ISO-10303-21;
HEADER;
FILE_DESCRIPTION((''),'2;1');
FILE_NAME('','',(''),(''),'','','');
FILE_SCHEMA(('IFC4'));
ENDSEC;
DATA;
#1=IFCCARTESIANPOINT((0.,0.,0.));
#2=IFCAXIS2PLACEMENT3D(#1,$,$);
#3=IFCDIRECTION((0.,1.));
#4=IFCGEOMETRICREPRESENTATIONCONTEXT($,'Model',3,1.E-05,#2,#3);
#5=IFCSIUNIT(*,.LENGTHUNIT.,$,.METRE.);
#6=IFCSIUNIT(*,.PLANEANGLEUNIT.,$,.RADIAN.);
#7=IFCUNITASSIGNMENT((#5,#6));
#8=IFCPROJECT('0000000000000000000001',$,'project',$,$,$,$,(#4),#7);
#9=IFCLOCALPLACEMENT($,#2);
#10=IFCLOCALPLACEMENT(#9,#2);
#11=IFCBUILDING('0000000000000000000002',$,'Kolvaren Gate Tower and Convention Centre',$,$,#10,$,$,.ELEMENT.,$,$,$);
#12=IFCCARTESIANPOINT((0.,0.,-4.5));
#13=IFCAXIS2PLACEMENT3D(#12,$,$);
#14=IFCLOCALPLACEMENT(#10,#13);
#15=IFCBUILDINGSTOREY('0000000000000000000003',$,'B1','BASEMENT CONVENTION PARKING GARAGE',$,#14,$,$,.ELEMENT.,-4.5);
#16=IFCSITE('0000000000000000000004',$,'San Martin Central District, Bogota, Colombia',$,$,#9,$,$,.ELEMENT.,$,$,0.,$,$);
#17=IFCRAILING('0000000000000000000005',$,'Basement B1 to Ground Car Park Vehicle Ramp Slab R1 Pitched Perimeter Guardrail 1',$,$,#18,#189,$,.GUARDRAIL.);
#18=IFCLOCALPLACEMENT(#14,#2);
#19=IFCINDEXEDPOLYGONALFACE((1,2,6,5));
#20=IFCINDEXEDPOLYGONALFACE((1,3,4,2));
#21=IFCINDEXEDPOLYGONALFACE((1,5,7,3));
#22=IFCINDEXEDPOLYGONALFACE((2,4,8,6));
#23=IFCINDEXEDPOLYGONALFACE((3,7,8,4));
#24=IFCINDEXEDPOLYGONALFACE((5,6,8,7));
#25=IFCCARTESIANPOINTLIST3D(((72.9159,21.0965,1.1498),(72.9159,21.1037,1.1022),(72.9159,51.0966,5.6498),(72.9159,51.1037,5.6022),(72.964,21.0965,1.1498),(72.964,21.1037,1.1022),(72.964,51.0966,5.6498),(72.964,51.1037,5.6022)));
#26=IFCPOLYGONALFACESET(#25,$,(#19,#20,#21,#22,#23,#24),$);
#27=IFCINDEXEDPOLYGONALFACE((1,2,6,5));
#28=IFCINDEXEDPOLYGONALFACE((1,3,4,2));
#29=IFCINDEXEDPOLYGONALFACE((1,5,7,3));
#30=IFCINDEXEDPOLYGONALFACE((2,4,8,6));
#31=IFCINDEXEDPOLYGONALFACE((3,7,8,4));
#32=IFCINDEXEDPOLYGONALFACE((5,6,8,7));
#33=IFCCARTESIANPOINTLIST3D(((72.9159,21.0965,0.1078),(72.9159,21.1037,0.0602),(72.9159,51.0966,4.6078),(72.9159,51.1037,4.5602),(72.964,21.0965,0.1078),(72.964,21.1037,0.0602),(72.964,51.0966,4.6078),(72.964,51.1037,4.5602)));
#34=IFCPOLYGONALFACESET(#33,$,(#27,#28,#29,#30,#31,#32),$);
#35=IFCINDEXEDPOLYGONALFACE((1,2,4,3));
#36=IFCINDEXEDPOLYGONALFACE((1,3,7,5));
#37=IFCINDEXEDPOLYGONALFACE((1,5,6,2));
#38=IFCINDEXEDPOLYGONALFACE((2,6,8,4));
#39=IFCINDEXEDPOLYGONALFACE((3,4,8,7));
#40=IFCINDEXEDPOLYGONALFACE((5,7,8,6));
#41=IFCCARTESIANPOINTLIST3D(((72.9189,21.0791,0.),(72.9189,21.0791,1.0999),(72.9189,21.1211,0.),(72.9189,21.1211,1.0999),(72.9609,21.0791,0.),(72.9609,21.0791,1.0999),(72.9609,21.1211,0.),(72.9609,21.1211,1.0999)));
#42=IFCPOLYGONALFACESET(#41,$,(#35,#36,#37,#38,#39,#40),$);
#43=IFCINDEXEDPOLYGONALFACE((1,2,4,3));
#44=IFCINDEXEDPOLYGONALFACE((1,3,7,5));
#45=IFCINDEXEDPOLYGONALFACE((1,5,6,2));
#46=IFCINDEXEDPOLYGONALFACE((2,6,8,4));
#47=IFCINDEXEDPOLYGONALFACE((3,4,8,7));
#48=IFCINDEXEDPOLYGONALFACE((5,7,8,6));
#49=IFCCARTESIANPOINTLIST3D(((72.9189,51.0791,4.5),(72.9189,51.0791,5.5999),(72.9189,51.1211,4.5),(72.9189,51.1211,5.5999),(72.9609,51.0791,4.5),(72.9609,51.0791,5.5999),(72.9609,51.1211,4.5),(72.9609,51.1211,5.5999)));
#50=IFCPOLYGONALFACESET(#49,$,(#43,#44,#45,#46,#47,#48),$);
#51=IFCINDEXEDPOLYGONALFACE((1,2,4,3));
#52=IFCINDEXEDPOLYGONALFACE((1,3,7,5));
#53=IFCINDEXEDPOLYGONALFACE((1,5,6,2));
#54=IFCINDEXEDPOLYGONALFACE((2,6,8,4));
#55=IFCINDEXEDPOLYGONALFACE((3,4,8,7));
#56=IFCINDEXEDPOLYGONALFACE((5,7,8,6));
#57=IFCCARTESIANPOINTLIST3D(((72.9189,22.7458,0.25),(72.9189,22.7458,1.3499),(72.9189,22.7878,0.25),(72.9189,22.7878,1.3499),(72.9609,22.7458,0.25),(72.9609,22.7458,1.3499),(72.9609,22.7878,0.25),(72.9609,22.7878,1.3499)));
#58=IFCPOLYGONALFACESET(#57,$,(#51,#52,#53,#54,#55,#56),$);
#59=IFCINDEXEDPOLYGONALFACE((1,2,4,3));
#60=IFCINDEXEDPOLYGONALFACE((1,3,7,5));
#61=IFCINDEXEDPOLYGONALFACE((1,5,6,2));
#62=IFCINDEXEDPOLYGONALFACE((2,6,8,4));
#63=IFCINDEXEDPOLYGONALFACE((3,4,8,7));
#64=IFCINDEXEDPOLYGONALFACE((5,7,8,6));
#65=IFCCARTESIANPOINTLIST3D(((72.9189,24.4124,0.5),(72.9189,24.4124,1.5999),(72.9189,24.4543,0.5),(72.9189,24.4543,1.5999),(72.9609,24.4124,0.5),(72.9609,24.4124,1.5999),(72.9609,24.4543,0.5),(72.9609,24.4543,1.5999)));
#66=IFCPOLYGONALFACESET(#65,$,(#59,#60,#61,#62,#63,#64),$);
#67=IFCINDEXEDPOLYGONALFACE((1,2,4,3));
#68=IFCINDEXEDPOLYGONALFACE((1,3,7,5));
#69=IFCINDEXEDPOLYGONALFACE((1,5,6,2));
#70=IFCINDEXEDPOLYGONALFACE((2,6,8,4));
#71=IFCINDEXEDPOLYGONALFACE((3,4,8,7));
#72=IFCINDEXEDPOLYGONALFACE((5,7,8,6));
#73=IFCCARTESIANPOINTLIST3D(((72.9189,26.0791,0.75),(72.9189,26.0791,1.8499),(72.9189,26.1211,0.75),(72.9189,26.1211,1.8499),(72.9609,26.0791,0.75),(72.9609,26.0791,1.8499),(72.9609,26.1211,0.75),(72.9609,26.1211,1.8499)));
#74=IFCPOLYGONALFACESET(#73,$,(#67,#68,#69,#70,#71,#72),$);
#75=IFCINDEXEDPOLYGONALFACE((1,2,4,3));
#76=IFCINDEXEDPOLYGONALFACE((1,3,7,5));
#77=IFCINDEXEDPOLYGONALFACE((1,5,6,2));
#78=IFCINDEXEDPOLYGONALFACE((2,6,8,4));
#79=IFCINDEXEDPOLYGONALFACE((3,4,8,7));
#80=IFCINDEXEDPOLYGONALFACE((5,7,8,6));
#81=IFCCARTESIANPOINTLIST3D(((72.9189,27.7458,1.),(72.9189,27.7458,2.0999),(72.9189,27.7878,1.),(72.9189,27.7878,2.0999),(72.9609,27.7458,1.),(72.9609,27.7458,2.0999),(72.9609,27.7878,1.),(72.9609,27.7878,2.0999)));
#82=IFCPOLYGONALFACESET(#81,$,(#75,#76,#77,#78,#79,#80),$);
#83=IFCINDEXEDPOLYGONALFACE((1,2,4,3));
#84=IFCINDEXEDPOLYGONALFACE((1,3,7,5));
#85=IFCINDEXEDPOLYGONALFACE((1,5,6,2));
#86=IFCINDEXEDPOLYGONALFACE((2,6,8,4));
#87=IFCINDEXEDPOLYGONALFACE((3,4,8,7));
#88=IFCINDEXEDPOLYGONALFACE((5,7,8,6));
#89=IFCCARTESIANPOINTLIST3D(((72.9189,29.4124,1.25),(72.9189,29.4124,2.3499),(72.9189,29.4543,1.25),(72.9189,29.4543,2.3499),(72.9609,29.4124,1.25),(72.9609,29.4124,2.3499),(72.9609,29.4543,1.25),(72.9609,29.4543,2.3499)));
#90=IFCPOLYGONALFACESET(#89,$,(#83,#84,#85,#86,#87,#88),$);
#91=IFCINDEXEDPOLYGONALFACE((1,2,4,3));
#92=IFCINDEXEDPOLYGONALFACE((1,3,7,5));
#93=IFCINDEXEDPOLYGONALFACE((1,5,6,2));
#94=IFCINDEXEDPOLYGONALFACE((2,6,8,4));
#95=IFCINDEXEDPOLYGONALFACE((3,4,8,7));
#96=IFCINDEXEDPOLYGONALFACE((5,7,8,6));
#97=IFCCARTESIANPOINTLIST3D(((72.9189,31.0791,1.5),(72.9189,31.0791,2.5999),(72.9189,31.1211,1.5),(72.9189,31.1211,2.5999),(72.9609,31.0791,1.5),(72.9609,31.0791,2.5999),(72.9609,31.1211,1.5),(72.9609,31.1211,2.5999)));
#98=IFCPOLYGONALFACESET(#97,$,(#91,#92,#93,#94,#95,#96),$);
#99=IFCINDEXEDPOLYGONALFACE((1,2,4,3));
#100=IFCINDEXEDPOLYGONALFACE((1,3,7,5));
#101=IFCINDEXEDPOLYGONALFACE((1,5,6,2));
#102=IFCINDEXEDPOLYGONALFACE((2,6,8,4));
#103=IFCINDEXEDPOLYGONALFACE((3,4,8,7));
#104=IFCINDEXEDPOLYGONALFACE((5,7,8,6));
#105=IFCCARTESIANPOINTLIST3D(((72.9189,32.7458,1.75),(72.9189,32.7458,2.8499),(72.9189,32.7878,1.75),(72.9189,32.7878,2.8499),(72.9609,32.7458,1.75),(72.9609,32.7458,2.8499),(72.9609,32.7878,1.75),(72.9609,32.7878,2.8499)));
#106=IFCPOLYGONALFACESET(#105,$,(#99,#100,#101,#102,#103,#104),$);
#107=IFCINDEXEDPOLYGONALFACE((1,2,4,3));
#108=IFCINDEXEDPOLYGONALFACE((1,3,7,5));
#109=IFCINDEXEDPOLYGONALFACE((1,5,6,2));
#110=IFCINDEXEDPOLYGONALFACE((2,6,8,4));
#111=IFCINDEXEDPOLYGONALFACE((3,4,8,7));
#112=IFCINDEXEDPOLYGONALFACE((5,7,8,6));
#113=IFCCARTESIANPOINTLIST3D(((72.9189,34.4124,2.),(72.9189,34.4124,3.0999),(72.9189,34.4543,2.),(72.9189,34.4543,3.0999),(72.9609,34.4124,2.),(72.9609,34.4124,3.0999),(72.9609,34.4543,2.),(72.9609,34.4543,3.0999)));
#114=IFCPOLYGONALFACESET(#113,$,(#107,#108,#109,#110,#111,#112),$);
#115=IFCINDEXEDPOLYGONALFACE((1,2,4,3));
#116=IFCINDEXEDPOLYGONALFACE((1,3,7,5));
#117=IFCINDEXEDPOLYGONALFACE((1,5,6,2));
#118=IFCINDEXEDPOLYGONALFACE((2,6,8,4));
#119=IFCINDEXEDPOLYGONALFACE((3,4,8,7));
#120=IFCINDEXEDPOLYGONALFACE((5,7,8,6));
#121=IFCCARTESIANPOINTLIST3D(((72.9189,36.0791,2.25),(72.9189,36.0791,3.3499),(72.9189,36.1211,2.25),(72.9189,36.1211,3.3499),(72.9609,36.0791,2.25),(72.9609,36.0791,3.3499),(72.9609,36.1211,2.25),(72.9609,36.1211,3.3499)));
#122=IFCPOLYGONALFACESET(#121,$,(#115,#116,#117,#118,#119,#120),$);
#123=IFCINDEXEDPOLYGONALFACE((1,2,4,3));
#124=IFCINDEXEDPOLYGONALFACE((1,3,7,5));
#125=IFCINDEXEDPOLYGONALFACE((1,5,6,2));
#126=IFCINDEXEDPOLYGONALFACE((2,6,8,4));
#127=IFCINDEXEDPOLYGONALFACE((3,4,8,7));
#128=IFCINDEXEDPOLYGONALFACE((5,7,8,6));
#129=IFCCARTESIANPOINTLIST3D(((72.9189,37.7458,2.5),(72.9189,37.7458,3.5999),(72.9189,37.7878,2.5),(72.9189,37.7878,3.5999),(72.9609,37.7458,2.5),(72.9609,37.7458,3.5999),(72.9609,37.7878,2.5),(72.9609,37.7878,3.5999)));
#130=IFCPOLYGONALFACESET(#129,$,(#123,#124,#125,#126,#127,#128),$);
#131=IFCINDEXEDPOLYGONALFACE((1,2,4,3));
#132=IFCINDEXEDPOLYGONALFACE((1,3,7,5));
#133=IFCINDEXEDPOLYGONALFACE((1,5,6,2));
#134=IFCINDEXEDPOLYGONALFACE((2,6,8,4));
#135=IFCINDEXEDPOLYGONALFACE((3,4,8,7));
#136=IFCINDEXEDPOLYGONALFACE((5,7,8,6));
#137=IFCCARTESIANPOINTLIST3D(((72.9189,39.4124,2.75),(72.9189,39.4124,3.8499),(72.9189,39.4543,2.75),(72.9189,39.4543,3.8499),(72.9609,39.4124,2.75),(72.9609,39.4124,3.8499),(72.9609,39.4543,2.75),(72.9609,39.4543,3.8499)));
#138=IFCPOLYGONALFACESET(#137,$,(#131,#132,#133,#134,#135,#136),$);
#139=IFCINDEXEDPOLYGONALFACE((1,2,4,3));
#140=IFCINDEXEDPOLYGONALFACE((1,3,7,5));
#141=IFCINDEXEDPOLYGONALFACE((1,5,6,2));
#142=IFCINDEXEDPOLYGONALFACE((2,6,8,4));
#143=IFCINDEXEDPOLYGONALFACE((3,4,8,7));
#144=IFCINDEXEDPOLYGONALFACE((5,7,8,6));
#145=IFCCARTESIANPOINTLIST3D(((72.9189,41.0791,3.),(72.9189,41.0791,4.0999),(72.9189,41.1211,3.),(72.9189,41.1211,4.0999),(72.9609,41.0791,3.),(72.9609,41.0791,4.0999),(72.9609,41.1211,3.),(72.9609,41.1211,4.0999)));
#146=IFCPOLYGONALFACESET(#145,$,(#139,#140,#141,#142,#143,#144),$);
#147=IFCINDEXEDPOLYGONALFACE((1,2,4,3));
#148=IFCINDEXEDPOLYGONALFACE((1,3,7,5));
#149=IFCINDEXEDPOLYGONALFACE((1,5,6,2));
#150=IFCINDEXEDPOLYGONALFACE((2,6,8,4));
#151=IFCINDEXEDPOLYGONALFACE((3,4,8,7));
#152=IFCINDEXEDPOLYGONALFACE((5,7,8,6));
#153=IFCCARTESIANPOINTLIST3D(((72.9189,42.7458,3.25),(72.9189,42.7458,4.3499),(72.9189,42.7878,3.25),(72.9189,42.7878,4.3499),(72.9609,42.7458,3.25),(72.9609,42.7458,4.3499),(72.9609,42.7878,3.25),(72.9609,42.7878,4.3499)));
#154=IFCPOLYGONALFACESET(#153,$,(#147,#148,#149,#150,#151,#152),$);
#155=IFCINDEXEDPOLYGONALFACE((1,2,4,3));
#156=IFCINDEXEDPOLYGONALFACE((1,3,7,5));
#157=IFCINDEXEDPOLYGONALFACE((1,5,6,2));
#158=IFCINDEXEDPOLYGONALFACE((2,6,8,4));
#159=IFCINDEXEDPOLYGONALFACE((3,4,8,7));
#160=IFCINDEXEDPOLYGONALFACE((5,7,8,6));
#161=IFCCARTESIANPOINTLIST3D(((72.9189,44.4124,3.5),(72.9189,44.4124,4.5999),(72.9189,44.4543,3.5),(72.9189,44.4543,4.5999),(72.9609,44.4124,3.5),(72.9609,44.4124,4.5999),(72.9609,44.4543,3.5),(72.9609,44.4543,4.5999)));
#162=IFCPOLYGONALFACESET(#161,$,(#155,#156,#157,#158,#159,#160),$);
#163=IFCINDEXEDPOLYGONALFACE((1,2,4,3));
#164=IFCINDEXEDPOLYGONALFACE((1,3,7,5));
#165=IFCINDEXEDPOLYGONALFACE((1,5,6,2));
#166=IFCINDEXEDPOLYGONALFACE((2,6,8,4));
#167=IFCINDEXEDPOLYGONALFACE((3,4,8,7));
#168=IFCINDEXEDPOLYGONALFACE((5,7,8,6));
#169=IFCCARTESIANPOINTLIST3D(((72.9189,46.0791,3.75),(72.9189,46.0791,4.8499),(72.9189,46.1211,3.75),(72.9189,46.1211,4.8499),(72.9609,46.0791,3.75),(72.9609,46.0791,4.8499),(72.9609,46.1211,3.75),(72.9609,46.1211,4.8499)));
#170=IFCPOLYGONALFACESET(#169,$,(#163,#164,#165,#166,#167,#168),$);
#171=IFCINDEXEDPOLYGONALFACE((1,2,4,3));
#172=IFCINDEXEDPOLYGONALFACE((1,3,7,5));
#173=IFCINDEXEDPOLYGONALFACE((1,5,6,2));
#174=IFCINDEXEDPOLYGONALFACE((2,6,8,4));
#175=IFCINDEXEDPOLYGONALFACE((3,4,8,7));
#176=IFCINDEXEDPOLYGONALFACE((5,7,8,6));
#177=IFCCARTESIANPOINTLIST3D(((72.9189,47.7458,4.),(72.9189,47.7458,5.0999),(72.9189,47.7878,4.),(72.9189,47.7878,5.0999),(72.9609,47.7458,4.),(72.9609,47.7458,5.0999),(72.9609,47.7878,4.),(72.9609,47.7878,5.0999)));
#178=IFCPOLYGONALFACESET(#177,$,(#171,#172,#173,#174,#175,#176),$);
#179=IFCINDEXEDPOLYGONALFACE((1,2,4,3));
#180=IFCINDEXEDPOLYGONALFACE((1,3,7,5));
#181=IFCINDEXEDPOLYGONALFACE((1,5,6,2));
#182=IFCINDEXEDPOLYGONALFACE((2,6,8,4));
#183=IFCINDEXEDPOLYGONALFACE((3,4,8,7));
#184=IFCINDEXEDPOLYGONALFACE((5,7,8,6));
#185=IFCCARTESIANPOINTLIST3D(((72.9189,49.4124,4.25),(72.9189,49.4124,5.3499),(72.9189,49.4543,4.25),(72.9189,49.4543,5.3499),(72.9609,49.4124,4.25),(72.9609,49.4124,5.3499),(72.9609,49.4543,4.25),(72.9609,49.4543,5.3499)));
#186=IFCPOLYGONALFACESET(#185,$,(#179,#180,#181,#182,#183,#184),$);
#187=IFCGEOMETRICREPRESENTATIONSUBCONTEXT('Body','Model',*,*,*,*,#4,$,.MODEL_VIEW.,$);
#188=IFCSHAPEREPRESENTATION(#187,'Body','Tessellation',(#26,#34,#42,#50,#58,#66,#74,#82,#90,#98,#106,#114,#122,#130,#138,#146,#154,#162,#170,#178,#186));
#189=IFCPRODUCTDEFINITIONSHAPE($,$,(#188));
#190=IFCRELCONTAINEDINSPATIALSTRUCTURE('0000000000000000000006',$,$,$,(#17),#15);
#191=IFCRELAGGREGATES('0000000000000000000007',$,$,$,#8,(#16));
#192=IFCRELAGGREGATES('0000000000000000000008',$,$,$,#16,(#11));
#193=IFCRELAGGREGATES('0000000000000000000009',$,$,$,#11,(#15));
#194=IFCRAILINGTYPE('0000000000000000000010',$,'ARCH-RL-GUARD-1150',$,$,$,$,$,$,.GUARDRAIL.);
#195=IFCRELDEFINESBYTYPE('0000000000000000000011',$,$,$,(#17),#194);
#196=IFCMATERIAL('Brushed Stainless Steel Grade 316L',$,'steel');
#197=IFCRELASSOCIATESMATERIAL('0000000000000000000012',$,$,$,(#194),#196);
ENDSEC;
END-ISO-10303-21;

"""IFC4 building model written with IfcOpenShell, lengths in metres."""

from ifc_helpers import new_model, si_unit, direction, frame, origin, origin_2d, place, context, subcontext, project, spatial, rectangle, extrude, material, type_object, element, save


model = new_model("IFC4")

# Units and contexts
model_context = context("Model", 3, precision=1e-05, world=origin(), true_north=direction((0.0, 1.0)))
body_context = subcontext(model_context, "Body", "Model", "MODEL_VIEW")
ifc_project = project(units=[si_unit("LENGTHUNIT", "METRE"), si_unit("PLANEANGLEUNIT", "RADIAN")], contexts=[model_context])

# Site, building, storey
site_placement = place(None, origin())
site = spatial("IfcSite", under=ifc_project, at=site_placement, Name="San Martin Central District, Bogota, Colombia", CompositionType="ELEMENT", RefElevation=0.0)
building_placement = place(site_placement, origin())
building = spatial("IfcBuilding", under=site, at=building_placement, Name="Kolvaren Gate Tower and Convention Centre", CompositionType="ELEMENT")
storey_placement = place(building_placement, frame((0.0, 0.0, -4.5)))
storey = spatial("IfcBuildingStorey", under=building, at=storey_placement, Name="B1", Description="BASEMENT CONVENTION PARKING GARAGE", CompositionType="ELEMENT", Elevation=-4.5)

# Railing
ifc_material_1 = material(Name="Brushed Stainless Steel Grade 316L", Category="steel")
railing_type = type_object("IfcRailingType", Name="ARCH-RL-GUARD-1150", PredefinedType="GUARDRAIL", material=ifc_material_1)
railing_1_placement = place(storey_placement, frame((72.9399, 21.1001, 0.0)))
element("IfcRailing", 1, at=railing_1_placement, inside=storey, type_object=railing_type, Name="Basement B1 to Ground Car Park Vehicle Ramp Slab R1 Pitched Perimeter Guardrail 1", PredefinedType="GUARDRAIL", context=body_context, shape_type="SweptSolid", body=[
    extrude(rectangle(XDim=0.0481, YDim=0.0481, at=origin_2d()), frame((0.0, 0.0, 1.126), z_axis=(0.0, 0.988936, 0.14834), x_axis=(-1.0, 0.0, 0.0)), (0.0, 0.0, 1.0), 30.3357),
    extrude(rectangle(XDim=0.0481, YDim=0.0481, at=origin_2d()), frame((0.0, 0.0, 0.084), z_axis=(0.0, 0.988936, 0.14834), x_axis=(-1.0, 0.0, 0.0)), (0.0, 0.0, 1.0), 30.3357),
    extrude(rectangle(XDim=0.042, YDim=0.042, at=origin_2d()), origin(), (0.0, 0.0, 1.0), 1.0999),
    extrude(rectangle(XDim=0.042, YDim=0.042, at=origin_2d()), frame((0.0, 30.0, 4.5)), (0.0, 0.0, 1.0), 1.0999),
    extrude(rectangle(XDim=0.042, YDim=0.042, at=origin_2d()), frame((0.0, 1.6667, 0.25)), (0.0, 0.0, 1.0), 1.0999),
    extrude(rectangle(XDim=0.042, YDim=0.042, at=origin_2d()), frame((0.0, 3.3333, 0.5)), (0.0, 0.0, 1.0), 1.0999),
    extrude(rectangle(XDim=0.042, YDim=0.042, at=origin_2d()), frame((0.0, 5.0, 0.75)), (0.0, 0.0, 1.0), 1.0999),
    extrude(rectangle(XDim=0.042, YDim=0.042, at=origin_2d()), frame((0.0, 6.6667, 1.0)), (0.0, 0.0, 1.0), 1.0999),
    extrude(rectangle(XDim=0.042, YDim=0.042, at=origin_2d()), frame((0.0, 8.3333, 1.25)), (0.0, 0.0, 1.0), 1.0999),
    extrude(rectangle(XDim=0.042, YDim=0.042, at=origin_2d()), frame((0.0, 10.0, 1.5)), (0.0, 0.0, 1.0), 1.0999),
    extrude(rectangle(XDim=0.042, YDim=0.042, at=origin_2d()), frame((0.0, 11.6667, 1.75)), (0.0, 0.0, 1.0), 1.0999),
    extrude(rectangle(XDim=0.042, YDim=0.042, at=origin_2d()), frame((0.0, 13.3333, 2.0)), (0.0, 0.0, 1.0), 1.0999),
    extrude(rectangle(XDim=0.042, YDim=0.042, at=origin_2d()), frame((0.0, 15.0, 2.25)), (0.0, 0.0, 1.0), 1.0999),
    extrude(rectangle(XDim=0.042, YDim=0.042, at=origin_2d()), frame((0.0, 16.6667, 2.5)), (0.0, 0.0, 1.0), 1.0999),
    extrude(rectangle(XDim=0.042, YDim=0.042, at=origin_2d()), frame((0.0, 18.3333, 2.75)), (0.0, 0.0, 1.0), 1.0999),
    extrude(rectangle(XDim=0.042, YDim=0.042, at=origin_2d()), frame((0.0, 20.0, 3.0)), (0.0, 0.0, 1.0), 1.0999),
    extrude(rectangle(XDim=0.042, YDim=0.042, at=origin_2d()), frame((0.0, 21.6667, 3.25)), (0.0, 0.0, 1.0), 1.0999),
    extrude(rectangle(XDim=0.042, YDim=0.042, at=origin_2d()), frame((0.0, 23.3333, 3.5)), (0.0, 0.0, 1.0), 1.0999),
    extrude(rectangle(XDim=0.042, YDim=0.042, at=origin_2d()), frame((0.0, 25.0, 3.75)), (0.0, 0.0, 1.0), 1.0999),
    extrude(rectangle(XDim=0.042, YDim=0.042, at=origin_2d()), frame((0.0, 26.6667, 4.0)), (0.0, 0.0, 1.0), 1.0999),
    extrude(rectangle(XDim=0.042, YDim=0.042, at=origin_2d()), frame((0.0, 28.3333, 4.25)), (0.0, 0.0, 1.0), 1.0999),
])

save(model, "model.ifc")
